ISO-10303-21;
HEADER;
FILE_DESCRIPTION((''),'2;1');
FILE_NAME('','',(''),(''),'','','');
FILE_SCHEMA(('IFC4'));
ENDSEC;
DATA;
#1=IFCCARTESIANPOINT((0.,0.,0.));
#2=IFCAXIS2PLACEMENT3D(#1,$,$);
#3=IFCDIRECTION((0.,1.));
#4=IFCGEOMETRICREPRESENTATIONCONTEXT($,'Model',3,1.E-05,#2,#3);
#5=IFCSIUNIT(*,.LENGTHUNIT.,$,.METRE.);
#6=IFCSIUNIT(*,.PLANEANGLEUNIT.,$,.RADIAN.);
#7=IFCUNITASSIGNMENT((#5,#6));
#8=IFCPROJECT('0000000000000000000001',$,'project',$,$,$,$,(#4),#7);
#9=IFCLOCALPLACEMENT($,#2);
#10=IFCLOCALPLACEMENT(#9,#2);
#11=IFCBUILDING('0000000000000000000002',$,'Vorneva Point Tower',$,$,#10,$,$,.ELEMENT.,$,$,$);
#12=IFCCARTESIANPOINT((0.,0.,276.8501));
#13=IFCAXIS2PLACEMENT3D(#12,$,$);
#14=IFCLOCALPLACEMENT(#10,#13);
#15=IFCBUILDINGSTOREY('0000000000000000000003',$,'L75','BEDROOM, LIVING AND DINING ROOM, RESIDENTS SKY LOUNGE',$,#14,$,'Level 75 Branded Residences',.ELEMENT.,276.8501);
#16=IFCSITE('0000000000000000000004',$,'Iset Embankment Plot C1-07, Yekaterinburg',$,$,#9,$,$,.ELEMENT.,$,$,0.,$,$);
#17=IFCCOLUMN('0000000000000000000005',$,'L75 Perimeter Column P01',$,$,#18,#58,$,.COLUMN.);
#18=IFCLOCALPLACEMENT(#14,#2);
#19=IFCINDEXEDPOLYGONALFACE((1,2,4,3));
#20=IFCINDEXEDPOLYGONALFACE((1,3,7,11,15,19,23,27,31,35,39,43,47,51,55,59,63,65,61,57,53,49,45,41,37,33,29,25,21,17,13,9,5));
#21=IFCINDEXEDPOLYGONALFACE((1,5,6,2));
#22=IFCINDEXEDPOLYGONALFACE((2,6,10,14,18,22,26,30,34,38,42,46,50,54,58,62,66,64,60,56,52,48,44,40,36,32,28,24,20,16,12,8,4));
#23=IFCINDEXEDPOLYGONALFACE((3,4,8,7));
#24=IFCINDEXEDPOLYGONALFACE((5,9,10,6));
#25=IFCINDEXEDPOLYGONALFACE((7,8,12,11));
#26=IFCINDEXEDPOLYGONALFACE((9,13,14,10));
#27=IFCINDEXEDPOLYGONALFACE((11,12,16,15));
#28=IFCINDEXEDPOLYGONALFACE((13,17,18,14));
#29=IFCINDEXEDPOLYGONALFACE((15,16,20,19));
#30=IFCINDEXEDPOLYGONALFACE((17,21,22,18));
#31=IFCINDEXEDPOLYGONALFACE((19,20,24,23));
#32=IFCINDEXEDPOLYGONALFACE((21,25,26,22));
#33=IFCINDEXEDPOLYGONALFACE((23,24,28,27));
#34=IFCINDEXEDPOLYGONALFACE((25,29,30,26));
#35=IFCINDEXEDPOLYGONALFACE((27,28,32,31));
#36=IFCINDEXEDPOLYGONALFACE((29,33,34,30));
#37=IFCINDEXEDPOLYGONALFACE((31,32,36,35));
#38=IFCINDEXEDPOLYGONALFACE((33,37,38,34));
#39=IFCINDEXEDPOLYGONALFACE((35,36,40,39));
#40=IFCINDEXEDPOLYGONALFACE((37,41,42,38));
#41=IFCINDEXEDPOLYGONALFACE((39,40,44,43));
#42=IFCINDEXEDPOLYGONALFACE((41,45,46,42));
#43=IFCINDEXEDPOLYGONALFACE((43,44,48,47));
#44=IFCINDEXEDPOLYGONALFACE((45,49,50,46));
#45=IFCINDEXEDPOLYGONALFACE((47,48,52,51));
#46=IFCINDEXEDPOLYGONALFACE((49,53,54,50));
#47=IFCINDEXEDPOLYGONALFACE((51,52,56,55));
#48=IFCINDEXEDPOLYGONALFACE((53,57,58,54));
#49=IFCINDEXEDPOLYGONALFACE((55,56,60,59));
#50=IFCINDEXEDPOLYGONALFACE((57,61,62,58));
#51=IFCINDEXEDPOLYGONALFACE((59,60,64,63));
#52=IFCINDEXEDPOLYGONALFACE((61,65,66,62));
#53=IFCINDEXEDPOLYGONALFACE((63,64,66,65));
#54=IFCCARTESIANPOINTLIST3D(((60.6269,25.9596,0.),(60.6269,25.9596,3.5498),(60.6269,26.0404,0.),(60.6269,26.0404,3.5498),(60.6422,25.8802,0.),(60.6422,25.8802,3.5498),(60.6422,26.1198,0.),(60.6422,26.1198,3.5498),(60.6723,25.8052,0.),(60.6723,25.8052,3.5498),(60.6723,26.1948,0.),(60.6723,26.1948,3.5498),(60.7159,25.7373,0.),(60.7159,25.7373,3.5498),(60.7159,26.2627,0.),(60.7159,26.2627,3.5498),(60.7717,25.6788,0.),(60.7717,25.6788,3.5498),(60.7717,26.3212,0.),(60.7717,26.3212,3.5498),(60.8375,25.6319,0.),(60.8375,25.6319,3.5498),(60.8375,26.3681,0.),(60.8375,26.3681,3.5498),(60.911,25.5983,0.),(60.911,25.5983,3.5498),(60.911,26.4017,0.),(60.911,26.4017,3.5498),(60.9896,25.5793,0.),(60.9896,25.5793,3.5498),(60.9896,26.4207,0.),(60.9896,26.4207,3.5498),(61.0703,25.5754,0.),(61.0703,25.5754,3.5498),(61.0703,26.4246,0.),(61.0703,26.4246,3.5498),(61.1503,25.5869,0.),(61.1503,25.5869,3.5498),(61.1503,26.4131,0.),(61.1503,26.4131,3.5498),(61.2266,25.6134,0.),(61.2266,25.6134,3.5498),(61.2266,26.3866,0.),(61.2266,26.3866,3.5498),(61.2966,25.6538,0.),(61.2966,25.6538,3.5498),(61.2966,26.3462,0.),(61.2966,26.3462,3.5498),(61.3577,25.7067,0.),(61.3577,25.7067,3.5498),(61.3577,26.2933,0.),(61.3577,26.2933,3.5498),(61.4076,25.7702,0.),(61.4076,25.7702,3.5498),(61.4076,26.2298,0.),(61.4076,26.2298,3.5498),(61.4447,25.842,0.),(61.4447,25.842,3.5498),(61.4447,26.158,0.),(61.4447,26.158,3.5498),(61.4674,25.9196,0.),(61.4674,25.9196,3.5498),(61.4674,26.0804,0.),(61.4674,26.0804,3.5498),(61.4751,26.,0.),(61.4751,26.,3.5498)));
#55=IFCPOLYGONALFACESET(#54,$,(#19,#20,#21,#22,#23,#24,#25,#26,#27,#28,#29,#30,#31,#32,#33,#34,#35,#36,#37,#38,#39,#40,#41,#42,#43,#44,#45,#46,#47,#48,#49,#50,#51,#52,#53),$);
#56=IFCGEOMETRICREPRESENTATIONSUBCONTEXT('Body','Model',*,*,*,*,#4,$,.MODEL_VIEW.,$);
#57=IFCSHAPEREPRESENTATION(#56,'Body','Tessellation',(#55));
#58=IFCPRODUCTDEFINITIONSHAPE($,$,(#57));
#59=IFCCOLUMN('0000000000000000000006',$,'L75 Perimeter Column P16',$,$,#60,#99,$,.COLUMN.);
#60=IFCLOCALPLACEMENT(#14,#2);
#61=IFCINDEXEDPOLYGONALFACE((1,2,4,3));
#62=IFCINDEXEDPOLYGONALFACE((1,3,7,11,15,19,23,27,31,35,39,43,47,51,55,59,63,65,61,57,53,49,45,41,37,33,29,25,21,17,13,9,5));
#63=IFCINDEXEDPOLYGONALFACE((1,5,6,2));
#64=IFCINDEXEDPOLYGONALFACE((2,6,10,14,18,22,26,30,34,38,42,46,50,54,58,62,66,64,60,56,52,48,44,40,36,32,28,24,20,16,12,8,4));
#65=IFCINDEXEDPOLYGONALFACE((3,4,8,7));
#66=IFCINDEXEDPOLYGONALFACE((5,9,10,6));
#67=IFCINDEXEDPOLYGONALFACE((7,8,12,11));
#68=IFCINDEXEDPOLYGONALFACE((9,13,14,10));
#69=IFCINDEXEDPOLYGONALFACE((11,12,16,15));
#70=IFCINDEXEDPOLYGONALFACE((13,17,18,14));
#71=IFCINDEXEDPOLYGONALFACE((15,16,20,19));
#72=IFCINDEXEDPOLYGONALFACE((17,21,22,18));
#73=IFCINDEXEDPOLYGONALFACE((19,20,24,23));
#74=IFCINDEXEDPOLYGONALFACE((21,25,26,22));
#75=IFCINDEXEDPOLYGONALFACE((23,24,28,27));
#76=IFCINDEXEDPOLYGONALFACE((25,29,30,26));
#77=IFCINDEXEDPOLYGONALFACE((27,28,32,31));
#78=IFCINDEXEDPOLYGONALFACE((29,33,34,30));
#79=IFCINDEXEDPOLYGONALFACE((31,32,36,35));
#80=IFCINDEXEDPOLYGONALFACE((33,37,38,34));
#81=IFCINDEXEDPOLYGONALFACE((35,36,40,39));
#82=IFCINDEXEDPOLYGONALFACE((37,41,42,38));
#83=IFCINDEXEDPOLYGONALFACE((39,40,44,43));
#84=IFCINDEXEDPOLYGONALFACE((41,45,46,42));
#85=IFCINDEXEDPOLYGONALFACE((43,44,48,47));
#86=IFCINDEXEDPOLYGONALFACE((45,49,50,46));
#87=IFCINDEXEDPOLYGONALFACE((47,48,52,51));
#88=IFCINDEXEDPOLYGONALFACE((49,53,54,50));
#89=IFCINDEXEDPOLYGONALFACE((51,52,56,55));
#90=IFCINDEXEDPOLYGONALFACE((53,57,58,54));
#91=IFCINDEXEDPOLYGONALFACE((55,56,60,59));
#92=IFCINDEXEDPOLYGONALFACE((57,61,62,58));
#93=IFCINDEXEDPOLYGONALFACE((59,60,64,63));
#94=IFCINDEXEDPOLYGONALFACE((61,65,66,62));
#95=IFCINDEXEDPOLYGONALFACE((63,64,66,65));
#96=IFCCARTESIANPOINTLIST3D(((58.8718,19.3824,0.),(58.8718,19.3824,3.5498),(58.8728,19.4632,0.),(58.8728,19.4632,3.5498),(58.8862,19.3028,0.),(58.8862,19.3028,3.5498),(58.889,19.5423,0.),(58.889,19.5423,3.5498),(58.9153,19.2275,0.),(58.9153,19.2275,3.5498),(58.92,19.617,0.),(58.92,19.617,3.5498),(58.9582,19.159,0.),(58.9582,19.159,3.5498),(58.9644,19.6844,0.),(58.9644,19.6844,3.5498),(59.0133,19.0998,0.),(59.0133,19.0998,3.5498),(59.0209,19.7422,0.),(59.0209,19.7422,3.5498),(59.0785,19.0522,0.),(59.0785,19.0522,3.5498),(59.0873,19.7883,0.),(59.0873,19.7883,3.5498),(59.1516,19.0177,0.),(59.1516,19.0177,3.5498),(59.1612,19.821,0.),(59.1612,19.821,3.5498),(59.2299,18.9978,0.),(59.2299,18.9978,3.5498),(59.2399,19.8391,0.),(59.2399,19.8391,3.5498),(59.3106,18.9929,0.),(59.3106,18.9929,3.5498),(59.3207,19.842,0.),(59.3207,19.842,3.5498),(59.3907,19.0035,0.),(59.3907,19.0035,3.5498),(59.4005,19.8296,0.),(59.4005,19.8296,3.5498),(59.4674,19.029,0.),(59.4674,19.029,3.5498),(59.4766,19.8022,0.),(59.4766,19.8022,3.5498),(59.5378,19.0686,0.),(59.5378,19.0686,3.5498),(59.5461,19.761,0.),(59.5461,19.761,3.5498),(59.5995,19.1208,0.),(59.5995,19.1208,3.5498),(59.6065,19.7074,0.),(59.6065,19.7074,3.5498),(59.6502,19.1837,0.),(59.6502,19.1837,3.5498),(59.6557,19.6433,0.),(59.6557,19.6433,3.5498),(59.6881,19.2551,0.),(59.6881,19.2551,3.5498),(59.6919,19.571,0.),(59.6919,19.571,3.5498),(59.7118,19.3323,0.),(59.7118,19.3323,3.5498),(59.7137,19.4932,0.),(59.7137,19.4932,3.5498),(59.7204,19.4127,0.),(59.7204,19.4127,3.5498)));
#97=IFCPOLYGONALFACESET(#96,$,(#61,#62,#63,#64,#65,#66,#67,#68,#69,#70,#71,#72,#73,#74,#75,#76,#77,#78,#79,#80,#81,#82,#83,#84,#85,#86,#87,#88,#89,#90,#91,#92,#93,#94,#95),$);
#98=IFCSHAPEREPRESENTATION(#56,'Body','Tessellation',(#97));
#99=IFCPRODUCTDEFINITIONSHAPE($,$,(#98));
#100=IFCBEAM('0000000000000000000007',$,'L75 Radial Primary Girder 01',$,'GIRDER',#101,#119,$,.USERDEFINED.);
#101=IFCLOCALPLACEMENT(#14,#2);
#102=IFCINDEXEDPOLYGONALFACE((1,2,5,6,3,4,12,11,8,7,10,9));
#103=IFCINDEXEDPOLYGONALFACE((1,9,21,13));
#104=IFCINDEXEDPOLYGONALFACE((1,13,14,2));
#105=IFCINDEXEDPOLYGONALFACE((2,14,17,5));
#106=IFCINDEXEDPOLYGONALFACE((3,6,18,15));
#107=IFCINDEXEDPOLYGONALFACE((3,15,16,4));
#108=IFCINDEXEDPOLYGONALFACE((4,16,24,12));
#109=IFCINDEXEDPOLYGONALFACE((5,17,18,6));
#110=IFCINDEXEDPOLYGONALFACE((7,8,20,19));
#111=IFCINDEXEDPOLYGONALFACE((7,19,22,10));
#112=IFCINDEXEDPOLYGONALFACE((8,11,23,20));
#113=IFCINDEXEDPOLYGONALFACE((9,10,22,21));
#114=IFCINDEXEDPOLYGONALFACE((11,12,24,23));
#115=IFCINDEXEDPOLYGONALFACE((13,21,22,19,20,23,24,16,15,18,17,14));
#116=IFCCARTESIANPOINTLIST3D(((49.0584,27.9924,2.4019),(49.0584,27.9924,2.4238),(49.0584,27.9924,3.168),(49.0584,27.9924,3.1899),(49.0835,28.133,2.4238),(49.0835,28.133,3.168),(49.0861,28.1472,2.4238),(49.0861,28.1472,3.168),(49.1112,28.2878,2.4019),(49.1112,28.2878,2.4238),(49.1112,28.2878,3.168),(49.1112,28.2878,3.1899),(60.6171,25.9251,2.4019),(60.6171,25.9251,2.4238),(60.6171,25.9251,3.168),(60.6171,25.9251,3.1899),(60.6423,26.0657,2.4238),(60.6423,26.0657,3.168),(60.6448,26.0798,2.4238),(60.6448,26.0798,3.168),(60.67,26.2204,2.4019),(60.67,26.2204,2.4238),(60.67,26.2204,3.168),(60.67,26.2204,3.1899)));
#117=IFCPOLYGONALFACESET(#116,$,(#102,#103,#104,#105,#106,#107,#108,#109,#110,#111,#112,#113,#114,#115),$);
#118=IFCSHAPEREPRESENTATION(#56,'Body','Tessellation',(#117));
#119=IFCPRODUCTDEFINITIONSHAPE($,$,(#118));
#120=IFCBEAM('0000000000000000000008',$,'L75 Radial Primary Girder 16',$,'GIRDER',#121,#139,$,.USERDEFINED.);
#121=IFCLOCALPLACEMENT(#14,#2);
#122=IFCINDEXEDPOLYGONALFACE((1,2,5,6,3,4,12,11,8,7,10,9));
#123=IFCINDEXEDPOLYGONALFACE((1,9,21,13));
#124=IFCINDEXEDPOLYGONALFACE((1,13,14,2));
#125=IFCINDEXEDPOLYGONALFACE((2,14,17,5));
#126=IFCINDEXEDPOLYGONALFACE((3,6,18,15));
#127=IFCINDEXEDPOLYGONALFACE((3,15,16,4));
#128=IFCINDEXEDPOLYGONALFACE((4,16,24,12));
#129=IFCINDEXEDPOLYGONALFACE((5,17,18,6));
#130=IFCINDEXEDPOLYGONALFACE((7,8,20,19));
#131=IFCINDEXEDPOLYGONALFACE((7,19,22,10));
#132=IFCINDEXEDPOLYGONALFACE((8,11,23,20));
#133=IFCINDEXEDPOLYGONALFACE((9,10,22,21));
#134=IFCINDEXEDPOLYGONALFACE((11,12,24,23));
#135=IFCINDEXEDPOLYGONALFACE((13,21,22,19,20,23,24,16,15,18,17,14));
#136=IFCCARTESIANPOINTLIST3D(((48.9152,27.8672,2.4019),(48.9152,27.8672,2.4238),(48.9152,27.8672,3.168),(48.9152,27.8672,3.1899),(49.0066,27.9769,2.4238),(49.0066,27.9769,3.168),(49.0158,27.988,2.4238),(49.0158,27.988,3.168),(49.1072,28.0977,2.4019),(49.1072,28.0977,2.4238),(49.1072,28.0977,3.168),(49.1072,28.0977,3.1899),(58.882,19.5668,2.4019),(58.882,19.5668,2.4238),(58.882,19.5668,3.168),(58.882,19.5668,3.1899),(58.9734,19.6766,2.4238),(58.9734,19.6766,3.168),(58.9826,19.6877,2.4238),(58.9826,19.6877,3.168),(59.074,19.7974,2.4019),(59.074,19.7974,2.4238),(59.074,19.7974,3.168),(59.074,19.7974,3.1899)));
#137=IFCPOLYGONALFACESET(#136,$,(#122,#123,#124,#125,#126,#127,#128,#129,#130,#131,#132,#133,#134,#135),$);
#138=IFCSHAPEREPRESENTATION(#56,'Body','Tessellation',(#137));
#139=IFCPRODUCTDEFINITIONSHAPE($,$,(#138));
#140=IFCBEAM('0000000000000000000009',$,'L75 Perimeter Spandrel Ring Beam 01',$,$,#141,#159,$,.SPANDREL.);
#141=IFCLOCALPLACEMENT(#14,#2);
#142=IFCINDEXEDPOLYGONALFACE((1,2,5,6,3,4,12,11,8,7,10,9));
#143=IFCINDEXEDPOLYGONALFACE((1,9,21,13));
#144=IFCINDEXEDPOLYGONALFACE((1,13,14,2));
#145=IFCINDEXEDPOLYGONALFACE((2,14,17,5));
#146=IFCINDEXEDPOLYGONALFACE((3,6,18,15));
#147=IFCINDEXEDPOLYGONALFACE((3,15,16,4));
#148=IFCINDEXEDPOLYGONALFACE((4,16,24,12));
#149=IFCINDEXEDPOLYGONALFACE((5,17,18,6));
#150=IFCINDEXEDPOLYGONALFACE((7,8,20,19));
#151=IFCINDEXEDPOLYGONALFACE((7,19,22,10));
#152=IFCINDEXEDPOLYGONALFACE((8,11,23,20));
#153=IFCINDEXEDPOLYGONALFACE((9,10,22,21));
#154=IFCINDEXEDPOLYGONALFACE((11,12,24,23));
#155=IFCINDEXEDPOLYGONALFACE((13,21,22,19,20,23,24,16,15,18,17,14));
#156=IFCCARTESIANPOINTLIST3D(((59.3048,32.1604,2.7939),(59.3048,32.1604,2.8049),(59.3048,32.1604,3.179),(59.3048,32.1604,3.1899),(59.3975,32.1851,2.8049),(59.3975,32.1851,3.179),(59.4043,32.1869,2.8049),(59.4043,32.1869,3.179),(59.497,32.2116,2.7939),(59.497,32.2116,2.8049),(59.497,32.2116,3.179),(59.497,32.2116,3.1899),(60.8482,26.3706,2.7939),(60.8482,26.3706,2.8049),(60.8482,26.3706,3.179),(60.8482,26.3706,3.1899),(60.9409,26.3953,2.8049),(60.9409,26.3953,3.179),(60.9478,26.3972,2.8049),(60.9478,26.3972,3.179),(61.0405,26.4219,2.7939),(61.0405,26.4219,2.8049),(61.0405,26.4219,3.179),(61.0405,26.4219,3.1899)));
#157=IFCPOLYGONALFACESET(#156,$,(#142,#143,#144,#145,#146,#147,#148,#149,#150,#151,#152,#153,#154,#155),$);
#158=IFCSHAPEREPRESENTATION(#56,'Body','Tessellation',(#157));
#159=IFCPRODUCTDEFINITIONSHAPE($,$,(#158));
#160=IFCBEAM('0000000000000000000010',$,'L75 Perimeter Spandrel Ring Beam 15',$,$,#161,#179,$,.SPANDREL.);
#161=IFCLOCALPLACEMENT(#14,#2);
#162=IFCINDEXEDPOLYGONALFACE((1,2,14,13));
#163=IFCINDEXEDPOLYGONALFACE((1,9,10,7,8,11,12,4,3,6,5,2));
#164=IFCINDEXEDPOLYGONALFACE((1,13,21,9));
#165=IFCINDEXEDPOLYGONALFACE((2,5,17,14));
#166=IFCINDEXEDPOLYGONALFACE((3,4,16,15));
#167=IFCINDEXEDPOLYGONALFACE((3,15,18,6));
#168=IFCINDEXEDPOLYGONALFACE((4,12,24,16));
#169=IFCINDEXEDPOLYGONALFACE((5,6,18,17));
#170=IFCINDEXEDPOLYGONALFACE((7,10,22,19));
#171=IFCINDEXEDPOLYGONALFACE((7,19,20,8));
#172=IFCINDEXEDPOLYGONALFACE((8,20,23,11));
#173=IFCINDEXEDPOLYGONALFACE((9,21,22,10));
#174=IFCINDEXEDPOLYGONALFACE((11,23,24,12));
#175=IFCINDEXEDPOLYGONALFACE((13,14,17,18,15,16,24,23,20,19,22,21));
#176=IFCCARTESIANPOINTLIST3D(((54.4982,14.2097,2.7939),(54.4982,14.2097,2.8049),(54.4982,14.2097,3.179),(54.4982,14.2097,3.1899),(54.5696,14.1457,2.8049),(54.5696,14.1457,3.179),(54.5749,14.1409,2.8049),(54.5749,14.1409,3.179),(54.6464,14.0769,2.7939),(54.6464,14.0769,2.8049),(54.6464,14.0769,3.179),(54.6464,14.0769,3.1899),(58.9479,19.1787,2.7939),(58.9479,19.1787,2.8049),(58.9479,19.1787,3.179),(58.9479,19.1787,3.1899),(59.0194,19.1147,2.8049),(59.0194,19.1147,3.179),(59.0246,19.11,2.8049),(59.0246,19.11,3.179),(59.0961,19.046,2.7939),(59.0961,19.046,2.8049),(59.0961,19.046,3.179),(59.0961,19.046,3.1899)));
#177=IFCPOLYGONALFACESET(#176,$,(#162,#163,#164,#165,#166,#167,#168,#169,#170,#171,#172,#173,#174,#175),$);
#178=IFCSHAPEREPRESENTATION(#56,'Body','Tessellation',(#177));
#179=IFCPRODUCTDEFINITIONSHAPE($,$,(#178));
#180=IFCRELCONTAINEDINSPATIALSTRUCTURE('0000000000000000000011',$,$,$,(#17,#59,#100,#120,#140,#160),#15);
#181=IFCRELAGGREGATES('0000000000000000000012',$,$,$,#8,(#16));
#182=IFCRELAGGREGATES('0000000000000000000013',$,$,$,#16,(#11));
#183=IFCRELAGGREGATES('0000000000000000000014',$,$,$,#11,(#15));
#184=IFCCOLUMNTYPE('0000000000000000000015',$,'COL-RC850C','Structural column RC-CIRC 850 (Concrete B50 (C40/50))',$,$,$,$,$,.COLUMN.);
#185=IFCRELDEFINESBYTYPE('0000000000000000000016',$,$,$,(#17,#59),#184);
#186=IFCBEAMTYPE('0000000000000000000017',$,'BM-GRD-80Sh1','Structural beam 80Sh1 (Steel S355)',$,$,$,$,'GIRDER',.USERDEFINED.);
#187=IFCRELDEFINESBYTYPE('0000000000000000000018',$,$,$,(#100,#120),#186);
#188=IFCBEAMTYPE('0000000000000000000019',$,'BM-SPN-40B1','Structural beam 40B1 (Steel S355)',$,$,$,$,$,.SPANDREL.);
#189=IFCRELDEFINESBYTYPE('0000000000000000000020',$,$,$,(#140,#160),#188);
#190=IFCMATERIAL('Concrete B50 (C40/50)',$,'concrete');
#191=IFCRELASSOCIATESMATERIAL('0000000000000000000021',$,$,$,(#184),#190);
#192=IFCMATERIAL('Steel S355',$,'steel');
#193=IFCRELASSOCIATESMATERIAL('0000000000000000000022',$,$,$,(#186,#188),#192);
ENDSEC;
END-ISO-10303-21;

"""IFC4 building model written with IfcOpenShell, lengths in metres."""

from ifc_helpers import new_model, si_unit, direction, frame, origin, origin_2d, place, context, subcontext, project, spatial, circle, i_section, extrude, material, material_profile, profile_set, type_object, element, save


model = new_model("IFC4")

# Units and contexts
model_context = context("Model", 3, precision=1e-05, world=origin(), true_north=direction((0.0, 1.0)))
body_context = subcontext(model_context, "Body", "Model", "MODEL_VIEW")
ifc_project = project(units=[si_unit("LENGTHUNIT", "METRE"), si_unit("PLANEANGLEUNIT", "RADIAN")], contexts=[model_context])

# Site, building, storey
site_placement = place(None, origin())
site = spatial("IfcSite", under=ifc_project, at=site_placement, Name="Iset Embankment Plot C1-07, Yekaterinburg", CompositionType="ELEMENT", RefElevation=0.0)
building_placement = place(site_placement, origin())
building = spatial("IfcBuilding", under=site, at=building_placement, Name="Vorneva Point Tower", CompositionType="ELEMENT")
storey_placement = place(building_placement, frame((0.0, 0.0, 276.8501)))
storey = spatial("IfcBuildingStorey", under=building, at=storey_placement, Name="L75", Description="BEDROOM, LIVING AND DINING ROOM, RESIDENTS SKY LOUNGE", LongName="Level 75 Branded Residences", CompositionType="ELEMENT", Elevation=276.8501)

# Columns
ifc_material_1 = material(Name="Concrete B50 (C40/50)", Category="concrete")
ifc_material_profile_1 = material_profile(ifc_material_1, circle(Radius=0.425, at=origin_2d()), Name="RC-CIRC 850")
ifc_profile_set_1 = profile_set([ifc_material_profile_1], Name="Concrete B50 (C40/50)")
column_type = type_object("IfcColumnType", Name="COL-RC850C", Description="Structural column RC-CIRC 850 (Concrete B50 (C40/50))", PredefinedType="COLUMN", material=ifc_profile_set_1)
for number, where, z_axis, x_axis, name in (
    (1, (61.05, 26.0, 0.0), (0.0, 0.0, 1.0), (1.0, 0.0, 0.0), "L75 Perimeter Column P01"),
    (2, (59.2954, 19.4177, 0.0), (0.0, 0.0, 1.0), (0.92388, -0.382683, 0.0), "L75 Perimeter Column P16"),
):
    element("IfcColumn", number, at=place(storey_placement, frame(where, z_axis=z_axis, x_axis=x_axis)), inside=storey, type_object=column_type, Name=name, PredefinedType="COLUMN", context=body_context, shape_type="SweptSolid", body=[
        extrude(circle(Radius=0.425, at=origin_2d()), origin(), (0.0, 0.0, 1.0), 3.5498),
    ])

# Beams
ifc_material_2 = material(Name="Steel S355", Category="steel")
ifc_material_profile_2 = material_profile(ifc_material_2, i_section(OverallWidth=0.3, OverallDepth=0.7881, WebThickness=0.0144, FlangeThickness=0.022, at=origin_2d()), Name="80Sh1")
ifc_profile_set_2 = profile_set([ifc_material_profile_2], Name="Steel S355")
beam_type_1 = type_object("IfcBeamType", Name="BM-GRD-80Sh1", Description="Structural beam 80Sh1 (Steel S355)", ElementType="GIRDER", PredefinedType="USERDEFINED", material=ifc_profile_set_2)
beam_1_placement = place(storey_placement, frame((60.6436, 26.0728, 2.7959), z_axis=(-0.984379, 0.176063, 0.0), x_axis=(-0.176063, -0.984379, 0.0)))
element("IfcBeam", 3, at=beam_1_placement, inside=storey, type_object=beam_type_1, Name="L75 Radial Primary Girder 01", ObjectType="GIRDER", PredefinedType="USERDEFINED", context=body_context, shape_type="SweptSolid", body=[
    extrude(i_section(OverallWidth=0.3, OverallDepth=0.7881, WebThickness=0.0144, FlangeThickness=0.022, at=origin_2d()), origin(), (0.0, 0.0, 1.0), 11.7422),
])
beam_2_placement = place(storey_placement, frame((58.978, 19.6821, 2.7959), z_axis=(-0.768425, 0.63994, 0.0), x_axis=(-0.63994, -0.768425, 0.0)))
element("IfcBeam", 4, at=beam_2_placement, inside=storey, type_object=beam_type_1, Name="L75 Radial Primary Girder 16", ObjectType="GIRDER", PredefinedType="USERDEFINED", context=body_context, shape_type="SweptSolid", body=[
    extrude(i_section(OverallWidth=0.3, OverallDepth=0.7881, WebThickness=0.0144, FlangeThickness=0.022, at=origin_2d()), origin(), (0.0, 0.0, 1.0), 12.9705),
])
ifc_material_profile_3 = material_profile(ifc_material_2, i_section(OverallWidth=0.199, OverallDepth=0.396, WebThickness=0.0071, FlangeThickness=0.011, at=origin_2d()), Name="40B1")
ifc_profile_set_3 = profile_set([ifc_material_profile_3], Name="Steel S355")
beam_type_2 = type_object("IfcBeamType", Name="BM-SPN-40B1", Description="Structural beam 40B1 (Steel S355)", PredefinedType="SPANDREL", material=ifc_profile_set_3)
beam_3_placement = place(storey_placement, frame((60.9443, 26.3962, 2.9919), z_axis=(-0.257587, 0.966255, 0.0), x_axis=(-0.966255, -0.257587, 0.0)))
element("IfcBeam", 5, at=beam_3_placement, inside=storey, type_object=beam_type_2, Name="L75 Perimeter Spandrel Ring Beam 01", PredefinedType="SPANDREL", context=body_context, shape_type="SweptSolid", body=[
    extrude(i_section(OverallWidth=0.199, OverallDepth=0.396, WebThickness=0.0071, FlangeThickness=0.011, at=origin_2d()), origin(), (0.0, 0.0, 1.0), 5.9919),
])
beam_4_placement = place(storey_placement, frame((54.5723, 14.1433, 2.9919), z_axis=(0.667108, 0.744961, 0.0), x_axis=(-0.744961, 0.667108, 0.0)))
element("IfcBeam", 6, at=beam_4_placement, inside=storey, type_object=beam_type_2, Name="L75 Perimeter Spandrel Ring Beam 15", PredefinedType="SPANDREL", context=body_context, shape_type="SweptSolid", body=[
    extrude(i_section(OverallWidth=0.199, OverallDepth=0.396, WebThickness=0.0071, FlangeThickness=0.011, at=origin_2d()), origin(), (0.0, 0.0, 1.0), 6.6702),
])

save(model, "model.ifc")
